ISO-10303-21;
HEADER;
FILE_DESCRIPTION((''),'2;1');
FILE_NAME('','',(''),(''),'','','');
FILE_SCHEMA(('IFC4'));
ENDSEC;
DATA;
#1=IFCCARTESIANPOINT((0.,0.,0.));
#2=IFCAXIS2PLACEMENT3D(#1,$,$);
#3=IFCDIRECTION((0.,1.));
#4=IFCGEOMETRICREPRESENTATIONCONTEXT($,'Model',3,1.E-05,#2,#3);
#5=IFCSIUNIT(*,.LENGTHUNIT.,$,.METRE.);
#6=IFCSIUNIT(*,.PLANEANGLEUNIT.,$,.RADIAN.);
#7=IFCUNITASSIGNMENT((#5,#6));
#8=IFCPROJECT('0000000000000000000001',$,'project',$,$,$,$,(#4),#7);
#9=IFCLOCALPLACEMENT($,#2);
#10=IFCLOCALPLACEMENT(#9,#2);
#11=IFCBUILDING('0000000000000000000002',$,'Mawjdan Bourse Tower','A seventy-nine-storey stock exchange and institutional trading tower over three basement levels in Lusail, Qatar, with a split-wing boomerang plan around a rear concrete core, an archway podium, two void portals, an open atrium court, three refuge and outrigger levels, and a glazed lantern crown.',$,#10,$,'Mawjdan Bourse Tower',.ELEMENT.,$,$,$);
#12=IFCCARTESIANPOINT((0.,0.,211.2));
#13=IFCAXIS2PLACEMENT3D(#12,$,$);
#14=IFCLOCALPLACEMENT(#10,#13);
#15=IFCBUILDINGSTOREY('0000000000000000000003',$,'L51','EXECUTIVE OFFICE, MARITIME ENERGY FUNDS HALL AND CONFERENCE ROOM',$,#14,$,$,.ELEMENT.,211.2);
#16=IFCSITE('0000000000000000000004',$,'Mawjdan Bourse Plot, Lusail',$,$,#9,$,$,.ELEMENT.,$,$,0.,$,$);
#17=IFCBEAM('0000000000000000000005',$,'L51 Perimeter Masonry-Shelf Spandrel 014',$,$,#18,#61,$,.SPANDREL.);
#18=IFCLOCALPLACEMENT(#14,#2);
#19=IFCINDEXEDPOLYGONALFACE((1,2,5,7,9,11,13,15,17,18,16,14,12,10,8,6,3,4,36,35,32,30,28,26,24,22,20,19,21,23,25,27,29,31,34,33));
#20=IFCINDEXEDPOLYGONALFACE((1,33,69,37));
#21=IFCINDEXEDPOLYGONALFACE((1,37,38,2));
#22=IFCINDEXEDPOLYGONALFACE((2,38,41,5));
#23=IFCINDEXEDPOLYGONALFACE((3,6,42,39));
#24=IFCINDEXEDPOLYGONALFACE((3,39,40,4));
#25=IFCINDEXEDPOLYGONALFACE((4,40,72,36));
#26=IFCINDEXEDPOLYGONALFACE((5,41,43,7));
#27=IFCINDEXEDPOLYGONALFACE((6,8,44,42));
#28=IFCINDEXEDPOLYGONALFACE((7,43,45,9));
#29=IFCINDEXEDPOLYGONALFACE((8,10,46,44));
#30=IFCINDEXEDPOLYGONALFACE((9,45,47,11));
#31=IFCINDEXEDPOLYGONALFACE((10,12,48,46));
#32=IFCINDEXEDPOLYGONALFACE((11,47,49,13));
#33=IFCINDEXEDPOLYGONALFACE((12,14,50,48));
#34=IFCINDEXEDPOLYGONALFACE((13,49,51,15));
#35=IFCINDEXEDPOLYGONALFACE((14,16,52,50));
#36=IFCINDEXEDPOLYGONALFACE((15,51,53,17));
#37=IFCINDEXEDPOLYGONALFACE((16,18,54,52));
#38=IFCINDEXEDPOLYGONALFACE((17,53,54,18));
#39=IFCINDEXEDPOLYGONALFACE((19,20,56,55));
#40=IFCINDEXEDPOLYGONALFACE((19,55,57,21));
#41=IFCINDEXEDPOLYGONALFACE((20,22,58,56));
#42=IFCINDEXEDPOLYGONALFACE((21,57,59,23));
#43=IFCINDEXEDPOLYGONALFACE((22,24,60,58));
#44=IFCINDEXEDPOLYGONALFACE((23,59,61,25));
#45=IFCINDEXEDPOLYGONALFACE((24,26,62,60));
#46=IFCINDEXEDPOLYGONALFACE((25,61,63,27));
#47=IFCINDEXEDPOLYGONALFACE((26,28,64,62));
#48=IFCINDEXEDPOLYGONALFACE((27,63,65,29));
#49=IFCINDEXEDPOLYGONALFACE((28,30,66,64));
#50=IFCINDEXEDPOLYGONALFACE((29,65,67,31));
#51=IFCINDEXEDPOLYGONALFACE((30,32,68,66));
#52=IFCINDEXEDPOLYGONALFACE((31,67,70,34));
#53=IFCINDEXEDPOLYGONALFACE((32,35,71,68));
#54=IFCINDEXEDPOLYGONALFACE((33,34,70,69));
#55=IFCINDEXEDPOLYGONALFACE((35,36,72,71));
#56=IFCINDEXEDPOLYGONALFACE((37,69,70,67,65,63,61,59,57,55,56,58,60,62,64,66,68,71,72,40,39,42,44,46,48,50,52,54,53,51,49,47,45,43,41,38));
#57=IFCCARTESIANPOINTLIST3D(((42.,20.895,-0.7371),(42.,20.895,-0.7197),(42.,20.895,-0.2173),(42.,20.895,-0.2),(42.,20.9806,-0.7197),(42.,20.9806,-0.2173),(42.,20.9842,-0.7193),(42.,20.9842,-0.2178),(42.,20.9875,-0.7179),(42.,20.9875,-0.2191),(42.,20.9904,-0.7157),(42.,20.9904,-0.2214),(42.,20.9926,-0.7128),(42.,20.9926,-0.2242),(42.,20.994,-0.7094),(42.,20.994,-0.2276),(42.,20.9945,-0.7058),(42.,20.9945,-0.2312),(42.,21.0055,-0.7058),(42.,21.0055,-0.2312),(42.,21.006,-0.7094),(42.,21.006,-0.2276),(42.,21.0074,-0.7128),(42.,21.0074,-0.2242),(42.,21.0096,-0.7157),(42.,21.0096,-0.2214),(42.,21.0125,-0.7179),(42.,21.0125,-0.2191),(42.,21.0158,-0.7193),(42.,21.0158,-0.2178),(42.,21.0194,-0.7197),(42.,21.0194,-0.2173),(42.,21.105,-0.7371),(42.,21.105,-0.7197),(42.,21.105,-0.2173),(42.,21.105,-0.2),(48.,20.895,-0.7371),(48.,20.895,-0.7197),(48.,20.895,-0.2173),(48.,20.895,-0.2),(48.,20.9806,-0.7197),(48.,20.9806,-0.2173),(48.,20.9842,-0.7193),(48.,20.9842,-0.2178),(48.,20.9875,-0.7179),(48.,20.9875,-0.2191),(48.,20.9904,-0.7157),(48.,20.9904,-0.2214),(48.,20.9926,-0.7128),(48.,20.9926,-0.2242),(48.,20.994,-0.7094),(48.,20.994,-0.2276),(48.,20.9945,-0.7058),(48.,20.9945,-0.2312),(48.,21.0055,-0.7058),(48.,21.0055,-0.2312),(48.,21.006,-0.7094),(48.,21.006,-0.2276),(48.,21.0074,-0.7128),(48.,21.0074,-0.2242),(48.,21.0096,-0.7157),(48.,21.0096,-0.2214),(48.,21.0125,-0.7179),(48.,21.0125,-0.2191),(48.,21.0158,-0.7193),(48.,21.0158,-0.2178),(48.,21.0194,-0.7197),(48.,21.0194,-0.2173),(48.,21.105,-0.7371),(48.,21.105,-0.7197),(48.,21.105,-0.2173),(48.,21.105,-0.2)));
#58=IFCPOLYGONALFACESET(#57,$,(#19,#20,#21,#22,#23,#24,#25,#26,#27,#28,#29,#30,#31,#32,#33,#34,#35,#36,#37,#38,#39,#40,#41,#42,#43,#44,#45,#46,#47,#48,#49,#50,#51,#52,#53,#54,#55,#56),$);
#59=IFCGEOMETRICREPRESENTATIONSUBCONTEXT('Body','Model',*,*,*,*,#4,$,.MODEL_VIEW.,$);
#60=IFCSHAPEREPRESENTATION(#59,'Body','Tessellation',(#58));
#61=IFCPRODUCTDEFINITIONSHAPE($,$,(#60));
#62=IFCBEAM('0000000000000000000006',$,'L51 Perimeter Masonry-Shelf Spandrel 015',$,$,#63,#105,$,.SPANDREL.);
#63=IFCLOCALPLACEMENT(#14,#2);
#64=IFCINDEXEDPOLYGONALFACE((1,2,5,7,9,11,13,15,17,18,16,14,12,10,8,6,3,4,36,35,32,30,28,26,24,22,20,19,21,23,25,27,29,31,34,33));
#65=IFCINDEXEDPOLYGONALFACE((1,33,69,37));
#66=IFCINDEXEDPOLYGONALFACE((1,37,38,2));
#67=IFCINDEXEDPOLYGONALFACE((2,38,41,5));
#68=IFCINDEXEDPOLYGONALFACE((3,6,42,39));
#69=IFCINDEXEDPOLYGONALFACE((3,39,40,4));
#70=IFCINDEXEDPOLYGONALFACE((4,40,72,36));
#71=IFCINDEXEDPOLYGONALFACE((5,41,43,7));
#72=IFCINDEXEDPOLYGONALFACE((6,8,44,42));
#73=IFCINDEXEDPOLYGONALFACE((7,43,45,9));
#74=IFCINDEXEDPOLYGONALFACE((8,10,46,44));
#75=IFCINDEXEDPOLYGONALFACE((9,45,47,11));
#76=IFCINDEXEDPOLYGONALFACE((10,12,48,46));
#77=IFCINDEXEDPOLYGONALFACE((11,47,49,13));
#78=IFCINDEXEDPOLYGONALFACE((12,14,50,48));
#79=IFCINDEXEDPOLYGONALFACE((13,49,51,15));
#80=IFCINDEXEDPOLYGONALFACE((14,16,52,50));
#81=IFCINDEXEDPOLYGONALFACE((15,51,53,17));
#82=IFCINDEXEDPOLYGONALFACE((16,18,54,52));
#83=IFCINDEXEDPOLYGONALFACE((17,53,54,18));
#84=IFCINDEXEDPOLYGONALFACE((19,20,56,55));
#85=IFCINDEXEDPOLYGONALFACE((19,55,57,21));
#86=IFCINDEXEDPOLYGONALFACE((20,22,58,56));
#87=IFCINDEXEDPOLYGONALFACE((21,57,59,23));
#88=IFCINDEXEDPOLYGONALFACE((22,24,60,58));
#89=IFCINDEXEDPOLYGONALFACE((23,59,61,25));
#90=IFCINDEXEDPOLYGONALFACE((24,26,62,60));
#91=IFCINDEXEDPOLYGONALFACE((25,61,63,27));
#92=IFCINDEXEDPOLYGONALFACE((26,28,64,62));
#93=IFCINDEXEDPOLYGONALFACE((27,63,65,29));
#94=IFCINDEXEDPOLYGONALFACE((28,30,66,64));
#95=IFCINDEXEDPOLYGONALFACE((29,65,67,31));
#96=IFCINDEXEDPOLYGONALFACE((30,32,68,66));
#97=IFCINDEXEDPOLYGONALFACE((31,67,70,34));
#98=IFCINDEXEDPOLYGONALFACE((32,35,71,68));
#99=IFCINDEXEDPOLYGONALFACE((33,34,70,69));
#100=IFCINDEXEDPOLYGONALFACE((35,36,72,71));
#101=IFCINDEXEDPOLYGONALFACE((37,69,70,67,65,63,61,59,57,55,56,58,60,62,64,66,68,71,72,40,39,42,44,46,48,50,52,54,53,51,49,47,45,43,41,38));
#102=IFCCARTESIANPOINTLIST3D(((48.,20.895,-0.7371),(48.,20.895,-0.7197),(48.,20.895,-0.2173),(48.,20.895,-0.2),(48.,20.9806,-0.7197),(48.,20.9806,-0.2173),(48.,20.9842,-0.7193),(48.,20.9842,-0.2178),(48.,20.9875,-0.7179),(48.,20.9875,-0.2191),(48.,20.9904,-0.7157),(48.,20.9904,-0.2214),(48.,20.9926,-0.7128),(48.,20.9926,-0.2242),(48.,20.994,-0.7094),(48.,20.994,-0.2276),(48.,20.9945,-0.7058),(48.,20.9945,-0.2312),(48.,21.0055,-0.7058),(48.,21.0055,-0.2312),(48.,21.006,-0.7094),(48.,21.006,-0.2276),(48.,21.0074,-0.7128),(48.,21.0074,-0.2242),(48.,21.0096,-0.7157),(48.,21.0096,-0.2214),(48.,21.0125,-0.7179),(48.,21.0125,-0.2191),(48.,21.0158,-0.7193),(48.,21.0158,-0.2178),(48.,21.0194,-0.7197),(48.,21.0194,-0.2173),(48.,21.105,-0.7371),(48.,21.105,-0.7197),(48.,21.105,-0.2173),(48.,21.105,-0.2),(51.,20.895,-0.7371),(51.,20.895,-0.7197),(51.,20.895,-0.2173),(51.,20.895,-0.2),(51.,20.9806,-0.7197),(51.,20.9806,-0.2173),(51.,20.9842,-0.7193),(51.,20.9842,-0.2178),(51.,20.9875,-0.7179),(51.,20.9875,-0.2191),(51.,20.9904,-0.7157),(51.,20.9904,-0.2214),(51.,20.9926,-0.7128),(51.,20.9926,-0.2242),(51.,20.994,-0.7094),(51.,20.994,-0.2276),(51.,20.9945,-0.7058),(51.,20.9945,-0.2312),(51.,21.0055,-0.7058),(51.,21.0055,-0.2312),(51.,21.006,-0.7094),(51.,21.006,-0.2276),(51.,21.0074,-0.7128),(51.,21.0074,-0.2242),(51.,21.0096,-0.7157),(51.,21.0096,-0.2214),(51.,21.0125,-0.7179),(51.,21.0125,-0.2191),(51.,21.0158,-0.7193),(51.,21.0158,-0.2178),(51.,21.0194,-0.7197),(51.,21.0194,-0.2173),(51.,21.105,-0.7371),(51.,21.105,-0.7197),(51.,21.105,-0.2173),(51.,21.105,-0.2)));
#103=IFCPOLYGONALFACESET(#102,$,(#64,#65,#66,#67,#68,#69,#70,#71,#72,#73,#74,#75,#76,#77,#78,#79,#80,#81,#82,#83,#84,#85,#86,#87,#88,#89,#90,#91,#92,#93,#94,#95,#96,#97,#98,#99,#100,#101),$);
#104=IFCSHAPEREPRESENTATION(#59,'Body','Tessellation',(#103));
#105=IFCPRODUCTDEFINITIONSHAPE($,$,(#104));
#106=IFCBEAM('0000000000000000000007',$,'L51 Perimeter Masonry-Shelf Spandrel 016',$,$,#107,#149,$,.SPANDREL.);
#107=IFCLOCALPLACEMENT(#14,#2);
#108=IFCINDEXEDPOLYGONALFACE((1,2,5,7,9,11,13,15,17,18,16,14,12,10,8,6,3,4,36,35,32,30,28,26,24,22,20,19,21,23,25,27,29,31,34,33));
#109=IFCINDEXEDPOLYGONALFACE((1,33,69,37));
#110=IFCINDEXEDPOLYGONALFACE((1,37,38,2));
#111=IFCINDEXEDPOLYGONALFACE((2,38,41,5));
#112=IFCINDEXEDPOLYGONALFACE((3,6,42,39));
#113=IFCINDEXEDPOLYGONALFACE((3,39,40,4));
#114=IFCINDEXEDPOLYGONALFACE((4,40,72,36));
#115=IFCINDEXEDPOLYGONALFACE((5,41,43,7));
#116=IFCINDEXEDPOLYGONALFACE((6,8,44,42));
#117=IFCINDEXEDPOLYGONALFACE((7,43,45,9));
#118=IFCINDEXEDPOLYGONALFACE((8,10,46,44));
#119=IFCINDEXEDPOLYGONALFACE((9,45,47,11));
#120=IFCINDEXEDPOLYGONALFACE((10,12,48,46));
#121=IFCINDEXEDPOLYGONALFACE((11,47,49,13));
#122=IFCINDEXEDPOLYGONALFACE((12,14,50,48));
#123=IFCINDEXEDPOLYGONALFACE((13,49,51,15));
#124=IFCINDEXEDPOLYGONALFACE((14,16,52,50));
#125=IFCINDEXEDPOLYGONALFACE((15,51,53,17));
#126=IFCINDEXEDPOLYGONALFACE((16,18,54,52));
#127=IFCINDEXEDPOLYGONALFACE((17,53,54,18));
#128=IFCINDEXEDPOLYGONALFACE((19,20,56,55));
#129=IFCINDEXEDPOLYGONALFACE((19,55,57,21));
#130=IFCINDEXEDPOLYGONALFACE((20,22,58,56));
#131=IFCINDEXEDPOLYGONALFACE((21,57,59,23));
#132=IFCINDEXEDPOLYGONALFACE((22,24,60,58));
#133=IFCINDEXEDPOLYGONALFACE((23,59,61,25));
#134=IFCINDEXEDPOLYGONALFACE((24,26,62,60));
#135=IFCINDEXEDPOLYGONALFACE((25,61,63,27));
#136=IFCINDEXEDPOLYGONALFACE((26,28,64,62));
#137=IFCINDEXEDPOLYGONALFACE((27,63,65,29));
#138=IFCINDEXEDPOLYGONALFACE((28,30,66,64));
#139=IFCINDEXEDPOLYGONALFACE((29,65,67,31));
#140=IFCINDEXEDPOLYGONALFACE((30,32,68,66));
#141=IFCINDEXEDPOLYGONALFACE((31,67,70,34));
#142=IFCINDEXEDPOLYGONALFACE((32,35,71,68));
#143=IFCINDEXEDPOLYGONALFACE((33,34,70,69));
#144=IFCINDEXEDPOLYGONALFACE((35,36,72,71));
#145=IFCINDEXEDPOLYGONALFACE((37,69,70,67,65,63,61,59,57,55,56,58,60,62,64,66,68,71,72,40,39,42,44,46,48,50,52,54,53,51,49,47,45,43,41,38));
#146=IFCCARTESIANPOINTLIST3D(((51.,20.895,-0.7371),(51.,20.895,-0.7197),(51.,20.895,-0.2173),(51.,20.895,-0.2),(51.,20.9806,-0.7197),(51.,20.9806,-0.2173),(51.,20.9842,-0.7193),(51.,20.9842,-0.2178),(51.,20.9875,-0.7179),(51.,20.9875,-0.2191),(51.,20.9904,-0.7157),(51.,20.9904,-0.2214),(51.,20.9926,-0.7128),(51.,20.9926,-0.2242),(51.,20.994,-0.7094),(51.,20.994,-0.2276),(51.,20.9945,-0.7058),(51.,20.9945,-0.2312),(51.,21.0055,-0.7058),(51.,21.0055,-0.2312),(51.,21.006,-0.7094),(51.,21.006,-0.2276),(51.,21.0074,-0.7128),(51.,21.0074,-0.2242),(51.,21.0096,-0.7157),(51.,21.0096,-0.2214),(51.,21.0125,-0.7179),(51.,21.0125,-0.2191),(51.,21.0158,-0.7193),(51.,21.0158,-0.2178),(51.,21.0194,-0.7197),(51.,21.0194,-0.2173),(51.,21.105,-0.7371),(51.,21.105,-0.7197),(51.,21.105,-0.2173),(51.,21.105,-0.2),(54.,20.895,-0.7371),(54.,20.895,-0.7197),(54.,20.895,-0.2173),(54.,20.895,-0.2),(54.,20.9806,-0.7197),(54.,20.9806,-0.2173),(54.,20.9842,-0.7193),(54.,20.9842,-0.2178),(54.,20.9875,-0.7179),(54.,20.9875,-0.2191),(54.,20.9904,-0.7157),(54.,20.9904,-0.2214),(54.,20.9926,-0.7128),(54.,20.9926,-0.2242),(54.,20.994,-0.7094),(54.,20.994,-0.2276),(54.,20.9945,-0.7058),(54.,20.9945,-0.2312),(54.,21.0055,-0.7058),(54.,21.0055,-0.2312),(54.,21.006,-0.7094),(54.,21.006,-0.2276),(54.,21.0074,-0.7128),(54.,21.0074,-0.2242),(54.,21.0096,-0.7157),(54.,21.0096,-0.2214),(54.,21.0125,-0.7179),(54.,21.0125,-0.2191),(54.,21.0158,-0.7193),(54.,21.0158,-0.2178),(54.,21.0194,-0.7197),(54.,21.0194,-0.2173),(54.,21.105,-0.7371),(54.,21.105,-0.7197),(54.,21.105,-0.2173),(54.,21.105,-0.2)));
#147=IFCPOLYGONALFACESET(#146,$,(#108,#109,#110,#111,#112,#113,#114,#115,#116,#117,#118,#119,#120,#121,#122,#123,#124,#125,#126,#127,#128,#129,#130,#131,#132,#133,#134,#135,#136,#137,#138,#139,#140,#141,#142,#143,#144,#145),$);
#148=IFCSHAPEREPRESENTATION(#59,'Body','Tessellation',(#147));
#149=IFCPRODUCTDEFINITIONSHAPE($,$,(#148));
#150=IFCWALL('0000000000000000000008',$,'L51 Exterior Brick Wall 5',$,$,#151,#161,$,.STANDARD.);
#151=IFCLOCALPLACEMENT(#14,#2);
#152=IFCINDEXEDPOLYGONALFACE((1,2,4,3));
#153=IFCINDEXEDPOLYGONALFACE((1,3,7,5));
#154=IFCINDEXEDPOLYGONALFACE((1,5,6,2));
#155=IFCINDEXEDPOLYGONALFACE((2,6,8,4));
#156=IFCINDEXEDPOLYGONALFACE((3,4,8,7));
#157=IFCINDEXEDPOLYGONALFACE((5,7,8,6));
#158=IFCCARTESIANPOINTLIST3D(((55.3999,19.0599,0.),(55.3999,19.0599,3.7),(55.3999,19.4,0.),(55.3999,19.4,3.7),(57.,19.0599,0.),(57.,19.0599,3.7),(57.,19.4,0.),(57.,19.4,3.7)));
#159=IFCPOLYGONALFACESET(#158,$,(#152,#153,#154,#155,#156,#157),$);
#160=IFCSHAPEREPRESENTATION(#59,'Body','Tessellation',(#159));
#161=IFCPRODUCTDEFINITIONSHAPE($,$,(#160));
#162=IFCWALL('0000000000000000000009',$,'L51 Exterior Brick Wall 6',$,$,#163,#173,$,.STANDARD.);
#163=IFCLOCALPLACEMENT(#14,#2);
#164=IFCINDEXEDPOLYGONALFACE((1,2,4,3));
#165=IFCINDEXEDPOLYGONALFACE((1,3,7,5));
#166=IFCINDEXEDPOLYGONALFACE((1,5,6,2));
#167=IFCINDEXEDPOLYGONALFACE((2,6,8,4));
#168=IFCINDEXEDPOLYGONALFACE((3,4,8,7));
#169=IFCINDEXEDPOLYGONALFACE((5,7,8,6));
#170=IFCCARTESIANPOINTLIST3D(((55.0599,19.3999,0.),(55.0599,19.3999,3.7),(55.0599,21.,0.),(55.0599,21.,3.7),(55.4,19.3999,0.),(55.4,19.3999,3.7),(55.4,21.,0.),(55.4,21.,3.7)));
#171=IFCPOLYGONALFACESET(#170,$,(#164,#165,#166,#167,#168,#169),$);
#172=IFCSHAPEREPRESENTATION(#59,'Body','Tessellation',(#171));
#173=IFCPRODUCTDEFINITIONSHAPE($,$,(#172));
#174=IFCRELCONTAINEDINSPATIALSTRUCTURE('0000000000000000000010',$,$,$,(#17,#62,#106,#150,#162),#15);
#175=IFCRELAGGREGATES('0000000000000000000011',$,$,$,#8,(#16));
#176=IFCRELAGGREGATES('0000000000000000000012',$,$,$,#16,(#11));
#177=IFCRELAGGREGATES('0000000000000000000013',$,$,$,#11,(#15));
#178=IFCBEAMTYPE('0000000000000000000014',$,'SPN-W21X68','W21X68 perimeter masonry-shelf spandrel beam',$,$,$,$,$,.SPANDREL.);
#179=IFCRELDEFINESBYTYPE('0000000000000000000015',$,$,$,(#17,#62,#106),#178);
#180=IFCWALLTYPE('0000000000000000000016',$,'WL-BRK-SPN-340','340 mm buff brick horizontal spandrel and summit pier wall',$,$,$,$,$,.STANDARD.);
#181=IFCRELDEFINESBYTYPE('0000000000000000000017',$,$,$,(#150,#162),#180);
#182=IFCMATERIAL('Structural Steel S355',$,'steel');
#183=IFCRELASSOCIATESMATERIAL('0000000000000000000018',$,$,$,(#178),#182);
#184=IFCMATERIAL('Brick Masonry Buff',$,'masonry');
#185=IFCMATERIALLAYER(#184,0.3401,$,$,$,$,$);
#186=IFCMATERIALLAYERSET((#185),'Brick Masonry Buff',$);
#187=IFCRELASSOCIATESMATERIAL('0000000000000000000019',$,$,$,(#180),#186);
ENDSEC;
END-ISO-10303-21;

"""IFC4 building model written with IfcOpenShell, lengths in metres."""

from ifc_helpers import new_model, si_unit, direction, frame, frame_2d, origin, origin_2d, place, context, subcontext, project, spatial, rectangle, i_section, extrude, material, layer, layer_set, material_profile, profile_set, type_object, element, save


model = new_model("IFC4")

# Units and contexts
model_context = context("Model", 3, precision=1e-05, world=origin(), true_north=direction((0.0, 1.0)))
body_context = subcontext(model_context, "Body", "Model", "MODEL_VIEW")
ifc_project = project(units=[si_unit("LENGTHUNIT", "METRE"), si_unit("PLANEANGLEUNIT", "RADIAN")], contexts=[model_context])

# Site, building, storey
site_placement = place(None, origin())
site = spatial("IfcSite", under=ifc_project, at=site_placement, Name="Mawjdan Bourse Plot, Lusail", CompositionType="ELEMENT", RefElevation=0.0)
building_placement = place(site_placement, origin())
building = spatial("IfcBuilding", under=site, at=building_placement, Name="Mawjdan Bourse Tower", Description="A seventy-nine-storey stock exchange and institutional trading tower over three basement levels in Lusail, Qatar, with a split-wing boomerang plan around a rear concrete core, an archway podium, two void portals, an open atrium court, three refuge and outrigger levels, and a glazed lantern crown.", LongName="Mawjdan Bourse Tower", CompositionType="ELEMENT")
storey_placement = place(building_placement, frame((0.0, 0.0, 211.2)))
storey = spatial("IfcBuildingStorey", under=building, at=storey_placement, Name="L51", Description="EXECUTIVE OFFICE, MARITIME ENERGY FUNDS HALL AND CONFERENCE ROOM", CompositionType="ELEMENT", Elevation=211.2)

# Beams
ifc_material_1 = material(Name="Structural Steel S355", Category="steel")
ifc_material_profile_1 = material_profile(ifc_material_1, i_section(OverallWidth=0.21, OverallDepth=0.5371, WebThickness=0.011, FlangeThickness=0.0173, FilletRadius=0.0139, at=origin_2d()), Name="W21X68")
ifc_profile_set_1 = profile_set([ifc_material_profile_1], Name="Structural Steel S355")
beam_type_1 = type_object("IfcBeamType", Name="SPN-W21X68", Description="W21X68 perimeter masonry-shelf spandrel beam", PredefinedType="SPANDREL", material=ifc_profile_set_1)
beam_1_placement = place(storey_placement, frame((42.0, 21.0, -0.4685), z_axis=(1.0, 0.0, 0.0), x_axis=(0.0, 1.0, 0.0)))
element("IfcBeam", 1, at=beam_1_placement, inside=storey, type_object=beam_type_1, Name="L51 Perimeter Masonry-Shelf Spandrel 014", PredefinedType="SPANDREL", context=body_context, shape_type="SweptSolid", body=[
    extrude(i_section(OverallWidth=0.21, OverallDepth=0.5371, WebThickness=0.011, FlangeThickness=0.0173, FilletRadius=0.0139, at=origin_2d()), origin(), (0.0, 0.0, 1.0), 6.0),
])
for number, where, z_axis, x_axis, name in (
    (2, (48.0, 21.0, -0.4685), (1.0, 0.0, 0.0), (0.0, 1.0, 0.0), "L51 Perimeter Masonry-Shelf Spandrel 015"),
    (3, (51.0, 21.0, -0.4685), (1.0, 0.0, 0.0), (0.0, 1.0, 0.0), "L51 Perimeter Masonry-Shelf Spandrel 016"),
):
    element("IfcBeam", number, at=place(storey_placement, frame(where, z_axis=z_axis, x_axis=x_axis)), inside=storey, type_object=beam_type_1, Name=name, PredefinedType="SPANDREL", context=body_context, shape_type="SweptSolid", body=[
        extrude(i_section(OverallWidth=0.21, OverallDepth=0.5371, WebThickness=0.011, FlangeThickness=0.0173, FilletRadius=0.0139, at=origin_2d()), origin(), (0.0, 0.0, 1.0), 3.0),
    ])

# Walls
ifc_material_2 = material(Name="Brick Masonry Buff", Category="masonry")
ifc_layer = layer(ifc_material_2, 0.3401)
ifc_layer_set = layer_set([ifc_layer], Name="Brick Masonry Buff")
wall_type = type_object("IfcWallType", Name="WL-BRK-SPN-340", Description="340 mm buff brick horizontal spandrel and summit pier wall", PredefinedType="STANDARD", material=ifc_layer_set)
for number, where, z_axis, x_axis, name in (
    (4, (57.0, 19.23, 0.0), (0.0, 0.0, 1.0), (-1.0, 0.0, 0.0), "L51 Exterior Brick Wall 5"),
    (5, (55.23, 19.3999, 0.0), (0.0, 0.0, 1.0), (0.0, 1.0, 0.0), "L51 Exterior Brick Wall 6"),
):
    element("IfcWall", number, at=place(storey_placement, frame(where, z_axis=z_axis, x_axis=x_axis)), inside=storey, type_object=wall_type, Name=name, PredefinedType="STANDARD", context=body_context, shape_type="SweptSolid", body=[
        extrude(rectangle(XDim=1.6001, YDim=0.3401, at=frame_2d((0.8, 0.0))), origin(), (0.0, 0.0, 1.0), 3.7),
    ])

save(model, "model.ifc")
